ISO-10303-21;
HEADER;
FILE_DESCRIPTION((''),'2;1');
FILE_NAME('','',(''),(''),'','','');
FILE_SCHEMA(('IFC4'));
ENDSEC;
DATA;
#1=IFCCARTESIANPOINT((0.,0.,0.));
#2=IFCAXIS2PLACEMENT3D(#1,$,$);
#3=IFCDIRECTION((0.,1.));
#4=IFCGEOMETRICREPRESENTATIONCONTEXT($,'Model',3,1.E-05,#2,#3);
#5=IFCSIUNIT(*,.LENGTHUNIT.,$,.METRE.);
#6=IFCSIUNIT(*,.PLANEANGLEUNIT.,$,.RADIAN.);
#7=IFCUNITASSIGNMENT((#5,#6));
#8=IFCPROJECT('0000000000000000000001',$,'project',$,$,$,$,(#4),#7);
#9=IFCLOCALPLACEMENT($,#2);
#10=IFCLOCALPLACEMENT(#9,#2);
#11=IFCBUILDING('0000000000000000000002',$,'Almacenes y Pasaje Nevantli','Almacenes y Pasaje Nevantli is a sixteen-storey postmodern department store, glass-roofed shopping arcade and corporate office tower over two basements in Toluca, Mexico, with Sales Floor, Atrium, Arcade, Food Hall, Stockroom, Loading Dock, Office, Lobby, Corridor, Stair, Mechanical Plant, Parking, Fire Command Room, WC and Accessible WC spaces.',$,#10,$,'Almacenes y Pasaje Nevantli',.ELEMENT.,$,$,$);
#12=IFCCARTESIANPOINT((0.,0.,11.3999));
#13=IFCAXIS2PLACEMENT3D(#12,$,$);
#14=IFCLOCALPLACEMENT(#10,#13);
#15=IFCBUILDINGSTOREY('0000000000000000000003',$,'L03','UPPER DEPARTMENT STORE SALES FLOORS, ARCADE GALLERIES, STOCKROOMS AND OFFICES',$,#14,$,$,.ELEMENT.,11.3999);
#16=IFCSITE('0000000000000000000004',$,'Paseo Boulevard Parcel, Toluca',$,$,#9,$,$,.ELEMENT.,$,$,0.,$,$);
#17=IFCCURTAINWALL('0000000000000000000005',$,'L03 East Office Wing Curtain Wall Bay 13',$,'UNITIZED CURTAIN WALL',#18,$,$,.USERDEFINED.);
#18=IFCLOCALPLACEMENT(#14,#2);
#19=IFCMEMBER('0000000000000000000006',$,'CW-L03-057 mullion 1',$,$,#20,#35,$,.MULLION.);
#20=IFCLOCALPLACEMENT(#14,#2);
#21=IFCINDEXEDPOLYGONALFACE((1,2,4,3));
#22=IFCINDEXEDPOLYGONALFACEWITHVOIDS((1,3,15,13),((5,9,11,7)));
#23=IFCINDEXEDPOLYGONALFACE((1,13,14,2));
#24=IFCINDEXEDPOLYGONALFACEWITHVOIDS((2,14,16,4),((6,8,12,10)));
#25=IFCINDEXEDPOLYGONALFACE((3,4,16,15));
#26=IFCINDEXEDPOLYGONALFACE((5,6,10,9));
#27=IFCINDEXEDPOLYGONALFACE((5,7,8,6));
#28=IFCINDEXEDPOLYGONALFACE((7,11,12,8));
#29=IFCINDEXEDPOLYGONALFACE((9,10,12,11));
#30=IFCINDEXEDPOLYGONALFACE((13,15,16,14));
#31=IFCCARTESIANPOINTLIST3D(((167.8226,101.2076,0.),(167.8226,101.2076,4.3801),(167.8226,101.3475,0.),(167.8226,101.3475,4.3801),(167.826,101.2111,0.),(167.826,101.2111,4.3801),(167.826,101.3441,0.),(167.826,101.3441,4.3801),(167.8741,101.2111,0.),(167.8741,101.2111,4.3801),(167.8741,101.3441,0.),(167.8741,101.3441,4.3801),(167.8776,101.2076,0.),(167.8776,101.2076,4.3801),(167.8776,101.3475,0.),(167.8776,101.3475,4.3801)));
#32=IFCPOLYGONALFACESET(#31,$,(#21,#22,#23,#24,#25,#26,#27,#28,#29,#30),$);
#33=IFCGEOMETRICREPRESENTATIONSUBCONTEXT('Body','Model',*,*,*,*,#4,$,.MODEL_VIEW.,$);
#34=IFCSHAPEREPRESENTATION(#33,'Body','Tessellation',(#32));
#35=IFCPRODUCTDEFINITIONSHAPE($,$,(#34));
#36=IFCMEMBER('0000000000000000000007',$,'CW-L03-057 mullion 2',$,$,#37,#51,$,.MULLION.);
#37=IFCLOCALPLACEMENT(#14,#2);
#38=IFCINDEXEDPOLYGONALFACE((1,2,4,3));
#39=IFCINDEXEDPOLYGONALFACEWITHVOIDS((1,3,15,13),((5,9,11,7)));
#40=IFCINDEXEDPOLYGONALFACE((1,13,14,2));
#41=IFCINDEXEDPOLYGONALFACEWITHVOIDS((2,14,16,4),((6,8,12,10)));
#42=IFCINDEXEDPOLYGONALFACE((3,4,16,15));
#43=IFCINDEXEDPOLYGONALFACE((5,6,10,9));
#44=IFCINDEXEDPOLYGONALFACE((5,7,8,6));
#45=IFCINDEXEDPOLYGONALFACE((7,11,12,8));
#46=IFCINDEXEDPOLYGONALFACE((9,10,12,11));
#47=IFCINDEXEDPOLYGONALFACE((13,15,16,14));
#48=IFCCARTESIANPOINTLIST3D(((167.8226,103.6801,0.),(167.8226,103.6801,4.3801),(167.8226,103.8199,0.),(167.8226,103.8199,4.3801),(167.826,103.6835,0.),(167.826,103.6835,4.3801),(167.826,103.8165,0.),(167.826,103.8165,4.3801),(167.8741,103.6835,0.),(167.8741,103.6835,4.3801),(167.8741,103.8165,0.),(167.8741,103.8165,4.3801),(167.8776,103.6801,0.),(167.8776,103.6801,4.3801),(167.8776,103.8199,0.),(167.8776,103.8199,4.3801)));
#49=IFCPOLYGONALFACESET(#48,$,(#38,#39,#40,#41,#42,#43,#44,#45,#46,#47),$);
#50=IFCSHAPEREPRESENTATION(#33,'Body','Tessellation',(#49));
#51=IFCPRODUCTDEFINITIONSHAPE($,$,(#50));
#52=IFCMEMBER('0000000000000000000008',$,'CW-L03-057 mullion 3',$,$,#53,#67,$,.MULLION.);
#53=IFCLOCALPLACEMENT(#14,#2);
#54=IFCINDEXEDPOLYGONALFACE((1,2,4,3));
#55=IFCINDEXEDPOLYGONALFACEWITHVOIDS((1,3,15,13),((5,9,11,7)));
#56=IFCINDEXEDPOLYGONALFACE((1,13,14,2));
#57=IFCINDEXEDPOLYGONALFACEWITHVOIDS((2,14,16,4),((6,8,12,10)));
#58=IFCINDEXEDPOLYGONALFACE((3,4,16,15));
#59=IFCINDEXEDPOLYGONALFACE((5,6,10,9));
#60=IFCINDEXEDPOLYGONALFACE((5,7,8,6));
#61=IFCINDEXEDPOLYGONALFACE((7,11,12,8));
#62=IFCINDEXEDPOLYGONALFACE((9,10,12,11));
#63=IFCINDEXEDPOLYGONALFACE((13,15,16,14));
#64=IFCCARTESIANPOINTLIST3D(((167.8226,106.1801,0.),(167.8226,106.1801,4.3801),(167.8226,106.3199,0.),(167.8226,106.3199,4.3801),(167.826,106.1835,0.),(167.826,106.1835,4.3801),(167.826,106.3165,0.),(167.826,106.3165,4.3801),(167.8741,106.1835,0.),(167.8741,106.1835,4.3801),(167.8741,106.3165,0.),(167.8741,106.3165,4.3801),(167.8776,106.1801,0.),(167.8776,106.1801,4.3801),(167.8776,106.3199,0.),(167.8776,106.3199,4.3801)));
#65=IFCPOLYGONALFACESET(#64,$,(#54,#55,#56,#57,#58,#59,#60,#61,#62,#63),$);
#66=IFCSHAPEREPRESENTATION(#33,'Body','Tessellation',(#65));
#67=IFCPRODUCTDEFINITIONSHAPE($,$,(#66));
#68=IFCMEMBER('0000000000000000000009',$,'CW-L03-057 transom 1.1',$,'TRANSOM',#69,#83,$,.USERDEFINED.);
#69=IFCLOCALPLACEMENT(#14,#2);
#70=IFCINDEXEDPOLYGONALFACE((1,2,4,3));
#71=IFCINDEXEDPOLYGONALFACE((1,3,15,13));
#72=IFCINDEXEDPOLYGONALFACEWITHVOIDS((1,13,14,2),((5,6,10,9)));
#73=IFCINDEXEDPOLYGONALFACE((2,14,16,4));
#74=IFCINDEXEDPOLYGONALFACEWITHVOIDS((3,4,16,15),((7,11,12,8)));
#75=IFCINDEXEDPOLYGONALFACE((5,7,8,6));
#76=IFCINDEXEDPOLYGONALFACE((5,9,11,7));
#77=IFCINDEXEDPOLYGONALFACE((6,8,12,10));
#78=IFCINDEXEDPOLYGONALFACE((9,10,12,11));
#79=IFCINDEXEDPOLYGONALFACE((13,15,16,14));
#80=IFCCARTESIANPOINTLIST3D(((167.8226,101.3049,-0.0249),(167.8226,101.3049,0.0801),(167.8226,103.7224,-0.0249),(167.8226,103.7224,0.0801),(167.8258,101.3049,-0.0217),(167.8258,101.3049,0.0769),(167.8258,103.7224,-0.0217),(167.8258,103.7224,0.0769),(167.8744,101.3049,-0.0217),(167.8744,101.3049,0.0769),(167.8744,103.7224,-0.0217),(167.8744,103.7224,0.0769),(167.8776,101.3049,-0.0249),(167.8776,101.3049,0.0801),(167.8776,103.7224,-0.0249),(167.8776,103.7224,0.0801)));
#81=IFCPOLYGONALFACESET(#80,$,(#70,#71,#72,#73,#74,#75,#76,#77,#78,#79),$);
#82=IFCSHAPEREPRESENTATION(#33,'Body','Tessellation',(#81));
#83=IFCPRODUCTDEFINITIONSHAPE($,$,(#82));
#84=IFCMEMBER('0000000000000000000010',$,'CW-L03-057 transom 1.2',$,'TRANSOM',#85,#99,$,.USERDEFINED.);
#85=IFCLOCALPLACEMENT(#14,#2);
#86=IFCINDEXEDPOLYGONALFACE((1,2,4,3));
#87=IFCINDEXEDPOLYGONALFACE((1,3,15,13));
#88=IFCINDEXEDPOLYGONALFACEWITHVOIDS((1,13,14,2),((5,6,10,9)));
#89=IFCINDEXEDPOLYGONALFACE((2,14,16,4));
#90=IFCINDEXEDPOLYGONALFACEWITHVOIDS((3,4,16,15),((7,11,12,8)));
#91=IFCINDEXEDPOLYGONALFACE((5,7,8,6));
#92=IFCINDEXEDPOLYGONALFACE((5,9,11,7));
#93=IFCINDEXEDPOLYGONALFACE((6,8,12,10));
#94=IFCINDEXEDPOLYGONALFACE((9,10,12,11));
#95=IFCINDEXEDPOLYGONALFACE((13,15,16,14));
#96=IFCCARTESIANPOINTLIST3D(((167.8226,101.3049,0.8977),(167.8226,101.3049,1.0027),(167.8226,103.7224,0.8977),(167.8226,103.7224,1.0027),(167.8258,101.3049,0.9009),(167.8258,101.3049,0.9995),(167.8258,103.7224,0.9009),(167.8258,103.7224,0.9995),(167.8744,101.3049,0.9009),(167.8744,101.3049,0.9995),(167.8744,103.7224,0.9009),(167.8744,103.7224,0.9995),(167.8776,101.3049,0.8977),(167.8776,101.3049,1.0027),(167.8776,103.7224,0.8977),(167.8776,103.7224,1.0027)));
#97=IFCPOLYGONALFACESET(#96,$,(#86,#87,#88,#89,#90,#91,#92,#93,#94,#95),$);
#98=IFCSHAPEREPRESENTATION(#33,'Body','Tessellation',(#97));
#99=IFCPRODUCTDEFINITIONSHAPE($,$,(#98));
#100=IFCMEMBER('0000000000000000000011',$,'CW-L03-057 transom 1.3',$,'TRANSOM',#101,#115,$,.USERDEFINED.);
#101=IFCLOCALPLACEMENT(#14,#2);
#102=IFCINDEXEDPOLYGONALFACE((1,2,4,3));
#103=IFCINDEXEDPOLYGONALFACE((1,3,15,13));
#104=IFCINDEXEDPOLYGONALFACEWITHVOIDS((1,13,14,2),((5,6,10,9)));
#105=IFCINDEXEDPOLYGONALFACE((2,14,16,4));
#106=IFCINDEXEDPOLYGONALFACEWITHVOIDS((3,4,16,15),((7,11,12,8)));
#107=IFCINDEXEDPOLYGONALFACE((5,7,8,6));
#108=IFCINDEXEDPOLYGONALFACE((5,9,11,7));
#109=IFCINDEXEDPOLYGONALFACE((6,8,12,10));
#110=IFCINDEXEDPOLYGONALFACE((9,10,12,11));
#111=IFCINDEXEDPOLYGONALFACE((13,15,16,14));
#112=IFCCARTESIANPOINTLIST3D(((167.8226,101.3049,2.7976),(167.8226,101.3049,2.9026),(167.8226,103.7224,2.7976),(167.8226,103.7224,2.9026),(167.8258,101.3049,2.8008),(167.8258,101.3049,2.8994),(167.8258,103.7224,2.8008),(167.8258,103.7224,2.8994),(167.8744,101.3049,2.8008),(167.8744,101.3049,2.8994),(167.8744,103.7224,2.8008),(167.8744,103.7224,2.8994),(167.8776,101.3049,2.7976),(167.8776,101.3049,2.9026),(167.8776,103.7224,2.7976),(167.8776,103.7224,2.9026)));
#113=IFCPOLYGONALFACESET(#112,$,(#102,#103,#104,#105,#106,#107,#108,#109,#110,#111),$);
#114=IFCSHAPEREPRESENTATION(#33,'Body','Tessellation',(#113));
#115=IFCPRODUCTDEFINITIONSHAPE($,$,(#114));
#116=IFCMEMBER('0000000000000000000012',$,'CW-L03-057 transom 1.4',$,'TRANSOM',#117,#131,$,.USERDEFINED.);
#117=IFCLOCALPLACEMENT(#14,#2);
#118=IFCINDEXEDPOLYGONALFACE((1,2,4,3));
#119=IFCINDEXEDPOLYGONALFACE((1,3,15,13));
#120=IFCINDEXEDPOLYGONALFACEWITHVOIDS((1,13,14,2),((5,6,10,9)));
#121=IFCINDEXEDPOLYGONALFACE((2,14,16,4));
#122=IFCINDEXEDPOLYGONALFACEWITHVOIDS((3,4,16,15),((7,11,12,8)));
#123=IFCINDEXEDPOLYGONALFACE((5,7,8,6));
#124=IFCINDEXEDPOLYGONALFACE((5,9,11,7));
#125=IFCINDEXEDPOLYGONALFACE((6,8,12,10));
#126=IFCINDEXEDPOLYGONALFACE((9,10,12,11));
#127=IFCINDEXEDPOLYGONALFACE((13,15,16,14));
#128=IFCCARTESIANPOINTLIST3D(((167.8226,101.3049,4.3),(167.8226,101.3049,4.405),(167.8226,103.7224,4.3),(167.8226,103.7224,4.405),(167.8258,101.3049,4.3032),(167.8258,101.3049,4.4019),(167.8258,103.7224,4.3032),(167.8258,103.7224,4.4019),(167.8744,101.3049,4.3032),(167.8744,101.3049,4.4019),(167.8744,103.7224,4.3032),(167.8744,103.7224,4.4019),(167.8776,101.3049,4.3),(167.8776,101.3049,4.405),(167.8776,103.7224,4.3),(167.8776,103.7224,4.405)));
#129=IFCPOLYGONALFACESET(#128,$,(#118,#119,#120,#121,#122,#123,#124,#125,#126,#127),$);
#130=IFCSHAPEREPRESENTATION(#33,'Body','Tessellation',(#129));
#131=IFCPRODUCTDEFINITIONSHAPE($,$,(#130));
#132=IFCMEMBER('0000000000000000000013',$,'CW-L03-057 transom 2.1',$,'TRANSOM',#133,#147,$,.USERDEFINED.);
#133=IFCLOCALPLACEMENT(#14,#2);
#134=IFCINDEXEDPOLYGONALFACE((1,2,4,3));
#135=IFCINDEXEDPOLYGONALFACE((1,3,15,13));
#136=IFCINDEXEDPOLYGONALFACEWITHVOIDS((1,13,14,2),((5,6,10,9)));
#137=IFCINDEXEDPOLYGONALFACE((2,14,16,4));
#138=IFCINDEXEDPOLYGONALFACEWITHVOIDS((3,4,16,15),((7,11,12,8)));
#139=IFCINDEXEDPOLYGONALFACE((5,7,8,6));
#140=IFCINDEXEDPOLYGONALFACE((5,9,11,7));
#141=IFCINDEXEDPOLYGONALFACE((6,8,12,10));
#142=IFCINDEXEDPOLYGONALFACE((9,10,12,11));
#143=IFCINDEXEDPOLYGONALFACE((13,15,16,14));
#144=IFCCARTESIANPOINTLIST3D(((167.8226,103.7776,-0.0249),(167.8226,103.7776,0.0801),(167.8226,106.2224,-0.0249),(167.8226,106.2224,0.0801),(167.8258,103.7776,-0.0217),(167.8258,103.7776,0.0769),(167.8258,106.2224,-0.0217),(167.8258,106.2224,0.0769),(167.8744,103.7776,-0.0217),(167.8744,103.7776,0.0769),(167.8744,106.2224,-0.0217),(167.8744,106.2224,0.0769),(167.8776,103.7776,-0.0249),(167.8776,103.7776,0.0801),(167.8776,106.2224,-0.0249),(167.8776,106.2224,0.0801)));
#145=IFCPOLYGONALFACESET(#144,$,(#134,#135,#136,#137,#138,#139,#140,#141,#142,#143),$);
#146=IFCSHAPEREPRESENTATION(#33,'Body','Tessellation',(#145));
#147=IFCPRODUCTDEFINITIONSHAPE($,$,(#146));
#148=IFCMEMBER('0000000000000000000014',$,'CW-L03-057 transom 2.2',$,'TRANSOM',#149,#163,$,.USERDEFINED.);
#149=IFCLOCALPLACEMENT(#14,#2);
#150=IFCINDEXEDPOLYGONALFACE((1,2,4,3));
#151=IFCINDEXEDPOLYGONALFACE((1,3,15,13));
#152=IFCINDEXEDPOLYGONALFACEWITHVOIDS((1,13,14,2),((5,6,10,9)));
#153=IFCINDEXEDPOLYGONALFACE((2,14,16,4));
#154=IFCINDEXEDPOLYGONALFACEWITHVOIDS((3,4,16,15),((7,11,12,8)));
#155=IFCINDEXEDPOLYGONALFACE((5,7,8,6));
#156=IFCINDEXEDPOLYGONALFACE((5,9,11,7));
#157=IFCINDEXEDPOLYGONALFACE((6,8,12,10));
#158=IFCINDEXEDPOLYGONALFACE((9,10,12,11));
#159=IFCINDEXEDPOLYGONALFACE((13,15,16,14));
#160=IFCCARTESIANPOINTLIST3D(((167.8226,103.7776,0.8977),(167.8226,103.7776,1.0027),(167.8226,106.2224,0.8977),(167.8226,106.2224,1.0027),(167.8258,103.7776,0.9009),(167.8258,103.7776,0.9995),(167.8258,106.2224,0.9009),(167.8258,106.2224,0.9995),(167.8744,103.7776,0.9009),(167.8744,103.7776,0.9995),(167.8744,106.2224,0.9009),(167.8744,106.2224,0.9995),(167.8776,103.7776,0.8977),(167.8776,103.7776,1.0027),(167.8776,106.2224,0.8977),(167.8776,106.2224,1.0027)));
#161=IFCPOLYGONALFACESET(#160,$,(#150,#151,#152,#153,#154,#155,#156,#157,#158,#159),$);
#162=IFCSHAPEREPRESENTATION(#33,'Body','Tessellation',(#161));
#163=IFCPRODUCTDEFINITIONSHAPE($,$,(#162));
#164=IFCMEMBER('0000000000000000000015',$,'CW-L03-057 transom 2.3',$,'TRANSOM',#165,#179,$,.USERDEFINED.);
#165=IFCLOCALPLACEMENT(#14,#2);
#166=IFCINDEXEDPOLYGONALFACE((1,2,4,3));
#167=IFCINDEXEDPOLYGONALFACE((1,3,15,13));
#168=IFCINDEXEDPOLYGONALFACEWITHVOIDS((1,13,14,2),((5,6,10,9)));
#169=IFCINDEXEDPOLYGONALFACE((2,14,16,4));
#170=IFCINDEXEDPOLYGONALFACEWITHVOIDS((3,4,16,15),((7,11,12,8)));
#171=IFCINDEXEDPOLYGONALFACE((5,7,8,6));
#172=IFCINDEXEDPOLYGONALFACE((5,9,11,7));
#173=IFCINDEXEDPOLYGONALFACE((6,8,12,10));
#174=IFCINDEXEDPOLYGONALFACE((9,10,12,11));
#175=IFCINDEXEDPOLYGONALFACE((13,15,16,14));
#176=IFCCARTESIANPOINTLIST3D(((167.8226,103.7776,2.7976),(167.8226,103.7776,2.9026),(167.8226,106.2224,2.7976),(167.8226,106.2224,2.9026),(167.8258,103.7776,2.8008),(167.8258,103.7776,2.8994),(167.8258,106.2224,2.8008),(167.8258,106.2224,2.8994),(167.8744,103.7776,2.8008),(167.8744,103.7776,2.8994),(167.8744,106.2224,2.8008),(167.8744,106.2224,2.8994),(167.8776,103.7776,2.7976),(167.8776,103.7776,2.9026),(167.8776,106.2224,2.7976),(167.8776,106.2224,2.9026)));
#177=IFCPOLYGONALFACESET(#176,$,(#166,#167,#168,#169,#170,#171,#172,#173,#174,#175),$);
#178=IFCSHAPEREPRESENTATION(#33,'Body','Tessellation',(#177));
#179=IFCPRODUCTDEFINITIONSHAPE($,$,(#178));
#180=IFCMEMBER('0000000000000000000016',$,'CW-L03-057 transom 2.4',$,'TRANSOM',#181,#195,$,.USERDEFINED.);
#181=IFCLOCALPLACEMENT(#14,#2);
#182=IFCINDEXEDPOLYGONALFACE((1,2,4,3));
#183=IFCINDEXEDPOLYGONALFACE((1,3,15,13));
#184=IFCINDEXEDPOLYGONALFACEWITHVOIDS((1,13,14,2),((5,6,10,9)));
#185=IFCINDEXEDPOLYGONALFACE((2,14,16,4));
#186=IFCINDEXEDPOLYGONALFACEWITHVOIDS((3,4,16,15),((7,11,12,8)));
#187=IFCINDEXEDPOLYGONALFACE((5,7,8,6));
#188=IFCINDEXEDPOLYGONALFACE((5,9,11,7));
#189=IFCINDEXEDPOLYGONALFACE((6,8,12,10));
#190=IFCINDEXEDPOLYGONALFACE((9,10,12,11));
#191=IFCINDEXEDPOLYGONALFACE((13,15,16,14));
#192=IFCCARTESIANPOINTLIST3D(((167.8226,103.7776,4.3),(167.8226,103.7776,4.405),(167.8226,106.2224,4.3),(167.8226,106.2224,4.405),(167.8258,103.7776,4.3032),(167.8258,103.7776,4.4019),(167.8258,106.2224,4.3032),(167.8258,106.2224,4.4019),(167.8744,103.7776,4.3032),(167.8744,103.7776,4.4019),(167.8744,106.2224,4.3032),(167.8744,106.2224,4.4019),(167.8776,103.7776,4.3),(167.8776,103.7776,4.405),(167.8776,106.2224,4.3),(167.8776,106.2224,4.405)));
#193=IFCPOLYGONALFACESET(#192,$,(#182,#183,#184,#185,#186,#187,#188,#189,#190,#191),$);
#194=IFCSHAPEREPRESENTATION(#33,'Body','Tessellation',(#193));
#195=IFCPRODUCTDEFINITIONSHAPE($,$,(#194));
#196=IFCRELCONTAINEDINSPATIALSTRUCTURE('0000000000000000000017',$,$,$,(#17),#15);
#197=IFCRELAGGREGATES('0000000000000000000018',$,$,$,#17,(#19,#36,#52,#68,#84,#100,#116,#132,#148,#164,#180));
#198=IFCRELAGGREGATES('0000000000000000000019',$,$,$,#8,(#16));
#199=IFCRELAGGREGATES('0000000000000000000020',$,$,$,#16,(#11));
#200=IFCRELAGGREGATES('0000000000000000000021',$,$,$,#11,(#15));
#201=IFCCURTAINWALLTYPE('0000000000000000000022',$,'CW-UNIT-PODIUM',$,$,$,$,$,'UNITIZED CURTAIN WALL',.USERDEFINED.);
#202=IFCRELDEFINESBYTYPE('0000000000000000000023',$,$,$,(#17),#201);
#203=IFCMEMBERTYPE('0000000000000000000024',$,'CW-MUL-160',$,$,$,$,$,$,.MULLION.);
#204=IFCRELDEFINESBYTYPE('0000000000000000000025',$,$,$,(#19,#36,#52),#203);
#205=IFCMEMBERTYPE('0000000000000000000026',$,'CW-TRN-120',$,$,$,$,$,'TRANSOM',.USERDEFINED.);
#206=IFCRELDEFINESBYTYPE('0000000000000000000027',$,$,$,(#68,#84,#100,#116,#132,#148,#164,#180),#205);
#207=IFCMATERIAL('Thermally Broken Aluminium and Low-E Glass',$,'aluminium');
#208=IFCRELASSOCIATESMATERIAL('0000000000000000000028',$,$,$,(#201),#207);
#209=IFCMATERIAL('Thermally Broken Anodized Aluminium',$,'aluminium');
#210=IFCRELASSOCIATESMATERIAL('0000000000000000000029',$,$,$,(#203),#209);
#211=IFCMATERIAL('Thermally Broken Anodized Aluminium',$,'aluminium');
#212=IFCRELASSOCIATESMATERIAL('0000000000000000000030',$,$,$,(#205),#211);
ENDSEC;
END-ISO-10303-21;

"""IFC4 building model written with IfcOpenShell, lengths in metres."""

from ifc_helpers import new_model, si_unit, direction, frame, origin, origin_2d, place, context, subcontext, project, spatial, hollow_rectangle, extrude, material, material_profile, profile_set, type_object, element, aggregate, save


model = new_model("IFC4")

# Units and contexts
model_context = context("Model", 3, precision=1e-05, world=origin(), true_north=direction((0.0, 1.0)))
body_context = subcontext(model_context, "Body", "Model", "MODEL_VIEW")
ifc_project = project(units=[si_unit("LENGTHUNIT", "METRE"), si_unit("PLANEANGLEUNIT", "RADIAN")], contexts=[model_context])

# Site, building, storey
site_placement = place(None, origin())
site = spatial("IfcSite", under=ifc_project, at=site_placement, Name="Paseo Boulevard Parcel, Toluca", CompositionType="ELEMENT", RefElevation=0.0)
building_placement = place(site_placement, origin())
building = spatial("IfcBuilding", under=site, at=building_placement, Name="Almacenes y Pasaje Nevantli", Description="Almacenes y Pasaje Nevantli is a sixteen-storey postmodern department store, glass-roofed shopping arcade and corporate office tower over two basements in Toluca, Mexico, with Sales Floor, Atrium, Arcade, Food Hall, Stockroom, Loading Dock, Office, Lobby, Corridor, Stair, Mechanical Plant, Parking, Fire Command Room, WC and Accessible WC spaces.", LongName="Almacenes y Pasaje Nevantli", CompositionType="ELEMENT")
storey_placement = place(building_placement, frame((0.0, 0.0, 11.3999)))
storey = spatial("IfcBuildingStorey", under=building, at=storey_placement, Name="L03", Description="UPPER DEPARTMENT STORE SALES FLOORS, ARCADE GALLERIES, STOCKROOMS AND OFFICES", CompositionType="ELEMENT", Elevation=11.3999)

# Curtain wall, members
ifc_material_1 = material(Name="Thermally Broken Aluminium and Low-E Glass", Category="aluminium")
curtain_wall_type = type_object("IfcCurtainWallType", Name="CW-UNIT-PODIUM", ElementType="UNITIZED CURTAIN WALL", PredefinedType="USERDEFINED", material=ifc_material_1)
curtain_wall_placement = place(storey_placement, origin())
curtain_wall = element("IfcCurtainWall", 1, at=curtain_wall_placement, inside=storey, type_object=curtain_wall_type, Name="L03 East Office Wing Curtain Wall Bay 13", ObjectType="UNITIZED CURTAIN WALL", PredefinedType="USERDEFINED")
ifc_material_2 = material(Name="Thermally Broken Anodized Aluminium", Category="aluminium")
ifc_material_profile_1 = material_profile(ifc_material_2, hollow_rectangle(XDim=0.0549, YDim=0.1399, WallThickness=0.0034, at=origin_2d()), Name="ALU-MUL-55x140")
ifc_profile_set_1 = profile_set([ifc_material_profile_1], Name="Thermally Broken Anodized Aluminium")
member_type_1 = type_object("IfcMemberType", Name="CW-MUL-160", PredefinedType="MULLION", material=ifc_profile_set_1)
member_1_placement = place(storey_placement, frame((167.8501, 101.2776, 0.0), z_axis=(0.0, 0.0, 1.0), x_axis=(-1.0, 0.0, 0.0)))
member_1 = element("IfcMember", 2, at=member_1_placement, type_object=member_type_1, Name="CW-L03-057 mullion 1", PredefinedType="MULLION", context=body_context, shape_type="SweptSolid", body=[
    extrude(hollow_rectangle(XDim=0.0549, YDim=0.1399, WallThickness=0.0034, at=origin_2d()), origin(), (0.0, 0.0, 1.0), 4.3801),
])
member_2_placement = place(storey_placement, frame((167.8501, 103.75, 0.0), z_axis=(0.0, 0.0, 1.0), x_axis=(-1.0, 0.0, 0.0)))
member_2 = element("IfcMember", 3, at=member_2_placement, type_object=member_type_1, Name="CW-L03-057 mullion 2", PredefinedType="MULLION", context=body_context, shape_type="SweptSolid", body=[
    extrude(hollow_rectangle(XDim=0.0549, YDim=0.1399, WallThickness=0.0034, at=origin_2d()), origin(), (0.0, 0.0, 1.0), 4.3801),
])
member_3_placement = place(storey_placement, frame((167.8501, 106.25, 0.0), z_axis=(0.0, 0.0, 1.0), x_axis=(-1.0, 0.0, 0.0)))
member_3 = element("IfcMember", 4, at=member_3_placement, type_object=member_type_1, Name="CW-L03-057 mullion 3", PredefinedType="MULLION", context=body_context, shape_type="SweptSolid", body=[
    extrude(hollow_rectangle(XDim=0.0549, YDim=0.1399, WallThickness=0.0034, at=origin_2d()), origin(), (0.0, 0.0, 1.0), 4.3801),
])
ifc_material_3 = material(Name="Thermally Broken Anodized Aluminium", Category="aluminium")
ifc_material_profile_2 = material_profile(ifc_material_3, hollow_rectangle(XDim=0.0549, YDim=0.105, WallThickness=0.0032, at=origin_2d()), Name="ALU-TRN-55x105")
ifc_profile_set_2 = profile_set([ifc_material_profile_2], Name="Thermally Broken Anodized Aluminium")
member_type_2 = type_object("IfcMemberType", Name="CW-TRN-120", ElementType="TRANSOM", PredefinedType="USERDEFINED", material=ifc_profile_set_2)
member_4_placement = place(storey_placement, frame((167.8501, 101.3049, 0.0276), z_axis=(0.0, 1.0, 0.0), x_axis=(-1.0, 0.0, 0.0)))
member_4 = element("IfcMember", 5, at=member_4_placement, type_object=member_type_2, Name="CW-L03-057 transom 1.1", ObjectType="TRANSOM", PredefinedType="USERDEFINED", context=body_context, shape_type="SweptSolid", body=[
    extrude(hollow_rectangle(XDim=0.0549, YDim=0.105, WallThickness=0.0032, at=origin_2d()), origin(), (0.0, 0.0, 1.0), 2.4175),
])
member_5_placement = place(storey_placement, frame((167.8501, 101.3049, 0.9502), z_axis=(0.0, 1.0, 0.0), x_axis=(-1.0, 0.0, 0.0)))
member_5 = element("IfcMember", 6, at=member_5_placement, type_object=member_type_2, Name="CW-L03-057 transom 1.2", ObjectType="TRANSOM", PredefinedType="USERDEFINED", context=body_context, shape_type="SweptSolid", body=[
    extrude(hollow_rectangle(XDim=0.0549, YDim=0.105, WallThickness=0.0032, at=origin_2d()), origin(), (0.0, 0.0, 1.0), 2.4175),
])
member_6_placement = place(storey_placement, frame((167.8501, 101.3049, 2.8501), z_axis=(0.0, 1.0, 0.0), x_axis=(-1.0, 0.0, 0.0)))
member_6 = element("IfcMember", 7, at=member_6_placement, type_object=member_type_2, Name="CW-L03-057 transom 1.3", ObjectType="TRANSOM", PredefinedType="USERDEFINED", context=body_context, shape_type="SweptSolid", body=[
    extrude(hollow_rectangle(XDim=0.0549, YDim=0.105, WallThickness=0.0032, at=origin_2d()), origin(), (0.0, 0.0, 1.0), 2.4175),
])
member_7_placement = place(storey_placement, frame((167.8501, 101.3049, 4.3525), z_axis=(0.0, 1.0, 0.0), x_axis=(-1.0, 0.0, 0.0)))
member_7 = element("IfcMember", 8, at=member_7_placement, type_object=member_type_2, Name="CW-L03-057 transom 1.4", ObjectType="TRANSOM", PredefinedType="USERDEFINED", context=body_context, shape_type="SweptSolid", body=[
    extrude(hollow_rectangle(XDim=0.0549, YDim=0.105, WallThickness=0.0032, at=origin_2d()), origin(), (0.0, 0.0, 1.0), 2.4175),
])
member_8_placement = place(storey_placement, frame((167.8501, 103.7776, 0.0276), z_axis=(0.0, 1.0, 0.0), x_axis=(-1.0, 0.0, 0.0)))
member_8 = element("IfcMember", 9, at=member_8_placement, type_object=member_type_2, Name="CW-L03-057 transom 2.1", ObjectType="TRANSOM", PredefinedType="USERDEFINED", context=body_context, shape_type="SweptSolid", body=[
    extrude(hollow_rectangle(XDim=0.0549, YDim=0.105, WallThickness=0.0032, at=origin_2d()), origin(), (0.0, 0.0, 1.0), 2.4448),
])
member_9_placement = place(storey_placement, frame((167.8501, 103.7776, 0.9502), z_axis=(0.0, 1.0, 0.0), x_axis=(-1.0, 0.0, 0.0)))
member_9 = element("IfcMember", 10, at=member_9_placement, type_object=member_type_2, Name="CW-L03-057 transom 2.2", ObjectType="TRANSOM", PredefinedType="USERDEFINED", context=body_context, shape_type="SweptSolid", body=[
    extrude(hollow_rectangle(XDim=0.0549, YDim=0.105, WallThickness=0.0032, at=origin_2d()), origin(), (0.0, 0.0, 1.0), 2.4448),
])
member_10_placement = place(storey_placement, frame((167.8501, 103.7776, 2.8501), z_axis=(0.0, 1.0, 0.0), x_axis=(-1.0, 0.0, 0.0)))
member_10 = element("IfcMember", 11, at=member_10_placement, type_object=member_type_2, Name="CW-L03-057 transom 2.3", ObjectType="TRANSOM", PredefinedType="USERDEFINED", context=body_context, shape_type="SweptSolid", body=[
    extrude(hollow_rectangle(XDim=0.0549, YDim=0.105, WallThickness=0.0032, at=origin_2d()), origin(), (0.0, 0.0, 1.0), 2.4448),
])
member_11_placement = place(storey_placement, frame((167.8501, 103.7776, 4.3525), z_axis=(0.0, 1.0, 0.0), x_axis=(-1.0, 0.0, 0.0)))
member_11 = element("IfcMember", 12, at=member_11_placement, type_object=member_type_2, Name="CW-L03-057 transom 2.4", ObjectType="TRANSOM", PredefinedType="USERDEFINED", context=body_context, shape_type="SweptSolid", body=[
    extrude(hollow_rectangle(XDim=0.0549, YDim=0.105, WallThickness=0.0032, at=origin_2d()), origin(), (0.0, 0.0, 1.0), 2.4448),
])
aggregate(curtain_wall, [member_1, member_2, member_3, member_4, member_5, member_6, member_7, member_8, member_9, member_10, member_11])

save(model, "model.ifc")
